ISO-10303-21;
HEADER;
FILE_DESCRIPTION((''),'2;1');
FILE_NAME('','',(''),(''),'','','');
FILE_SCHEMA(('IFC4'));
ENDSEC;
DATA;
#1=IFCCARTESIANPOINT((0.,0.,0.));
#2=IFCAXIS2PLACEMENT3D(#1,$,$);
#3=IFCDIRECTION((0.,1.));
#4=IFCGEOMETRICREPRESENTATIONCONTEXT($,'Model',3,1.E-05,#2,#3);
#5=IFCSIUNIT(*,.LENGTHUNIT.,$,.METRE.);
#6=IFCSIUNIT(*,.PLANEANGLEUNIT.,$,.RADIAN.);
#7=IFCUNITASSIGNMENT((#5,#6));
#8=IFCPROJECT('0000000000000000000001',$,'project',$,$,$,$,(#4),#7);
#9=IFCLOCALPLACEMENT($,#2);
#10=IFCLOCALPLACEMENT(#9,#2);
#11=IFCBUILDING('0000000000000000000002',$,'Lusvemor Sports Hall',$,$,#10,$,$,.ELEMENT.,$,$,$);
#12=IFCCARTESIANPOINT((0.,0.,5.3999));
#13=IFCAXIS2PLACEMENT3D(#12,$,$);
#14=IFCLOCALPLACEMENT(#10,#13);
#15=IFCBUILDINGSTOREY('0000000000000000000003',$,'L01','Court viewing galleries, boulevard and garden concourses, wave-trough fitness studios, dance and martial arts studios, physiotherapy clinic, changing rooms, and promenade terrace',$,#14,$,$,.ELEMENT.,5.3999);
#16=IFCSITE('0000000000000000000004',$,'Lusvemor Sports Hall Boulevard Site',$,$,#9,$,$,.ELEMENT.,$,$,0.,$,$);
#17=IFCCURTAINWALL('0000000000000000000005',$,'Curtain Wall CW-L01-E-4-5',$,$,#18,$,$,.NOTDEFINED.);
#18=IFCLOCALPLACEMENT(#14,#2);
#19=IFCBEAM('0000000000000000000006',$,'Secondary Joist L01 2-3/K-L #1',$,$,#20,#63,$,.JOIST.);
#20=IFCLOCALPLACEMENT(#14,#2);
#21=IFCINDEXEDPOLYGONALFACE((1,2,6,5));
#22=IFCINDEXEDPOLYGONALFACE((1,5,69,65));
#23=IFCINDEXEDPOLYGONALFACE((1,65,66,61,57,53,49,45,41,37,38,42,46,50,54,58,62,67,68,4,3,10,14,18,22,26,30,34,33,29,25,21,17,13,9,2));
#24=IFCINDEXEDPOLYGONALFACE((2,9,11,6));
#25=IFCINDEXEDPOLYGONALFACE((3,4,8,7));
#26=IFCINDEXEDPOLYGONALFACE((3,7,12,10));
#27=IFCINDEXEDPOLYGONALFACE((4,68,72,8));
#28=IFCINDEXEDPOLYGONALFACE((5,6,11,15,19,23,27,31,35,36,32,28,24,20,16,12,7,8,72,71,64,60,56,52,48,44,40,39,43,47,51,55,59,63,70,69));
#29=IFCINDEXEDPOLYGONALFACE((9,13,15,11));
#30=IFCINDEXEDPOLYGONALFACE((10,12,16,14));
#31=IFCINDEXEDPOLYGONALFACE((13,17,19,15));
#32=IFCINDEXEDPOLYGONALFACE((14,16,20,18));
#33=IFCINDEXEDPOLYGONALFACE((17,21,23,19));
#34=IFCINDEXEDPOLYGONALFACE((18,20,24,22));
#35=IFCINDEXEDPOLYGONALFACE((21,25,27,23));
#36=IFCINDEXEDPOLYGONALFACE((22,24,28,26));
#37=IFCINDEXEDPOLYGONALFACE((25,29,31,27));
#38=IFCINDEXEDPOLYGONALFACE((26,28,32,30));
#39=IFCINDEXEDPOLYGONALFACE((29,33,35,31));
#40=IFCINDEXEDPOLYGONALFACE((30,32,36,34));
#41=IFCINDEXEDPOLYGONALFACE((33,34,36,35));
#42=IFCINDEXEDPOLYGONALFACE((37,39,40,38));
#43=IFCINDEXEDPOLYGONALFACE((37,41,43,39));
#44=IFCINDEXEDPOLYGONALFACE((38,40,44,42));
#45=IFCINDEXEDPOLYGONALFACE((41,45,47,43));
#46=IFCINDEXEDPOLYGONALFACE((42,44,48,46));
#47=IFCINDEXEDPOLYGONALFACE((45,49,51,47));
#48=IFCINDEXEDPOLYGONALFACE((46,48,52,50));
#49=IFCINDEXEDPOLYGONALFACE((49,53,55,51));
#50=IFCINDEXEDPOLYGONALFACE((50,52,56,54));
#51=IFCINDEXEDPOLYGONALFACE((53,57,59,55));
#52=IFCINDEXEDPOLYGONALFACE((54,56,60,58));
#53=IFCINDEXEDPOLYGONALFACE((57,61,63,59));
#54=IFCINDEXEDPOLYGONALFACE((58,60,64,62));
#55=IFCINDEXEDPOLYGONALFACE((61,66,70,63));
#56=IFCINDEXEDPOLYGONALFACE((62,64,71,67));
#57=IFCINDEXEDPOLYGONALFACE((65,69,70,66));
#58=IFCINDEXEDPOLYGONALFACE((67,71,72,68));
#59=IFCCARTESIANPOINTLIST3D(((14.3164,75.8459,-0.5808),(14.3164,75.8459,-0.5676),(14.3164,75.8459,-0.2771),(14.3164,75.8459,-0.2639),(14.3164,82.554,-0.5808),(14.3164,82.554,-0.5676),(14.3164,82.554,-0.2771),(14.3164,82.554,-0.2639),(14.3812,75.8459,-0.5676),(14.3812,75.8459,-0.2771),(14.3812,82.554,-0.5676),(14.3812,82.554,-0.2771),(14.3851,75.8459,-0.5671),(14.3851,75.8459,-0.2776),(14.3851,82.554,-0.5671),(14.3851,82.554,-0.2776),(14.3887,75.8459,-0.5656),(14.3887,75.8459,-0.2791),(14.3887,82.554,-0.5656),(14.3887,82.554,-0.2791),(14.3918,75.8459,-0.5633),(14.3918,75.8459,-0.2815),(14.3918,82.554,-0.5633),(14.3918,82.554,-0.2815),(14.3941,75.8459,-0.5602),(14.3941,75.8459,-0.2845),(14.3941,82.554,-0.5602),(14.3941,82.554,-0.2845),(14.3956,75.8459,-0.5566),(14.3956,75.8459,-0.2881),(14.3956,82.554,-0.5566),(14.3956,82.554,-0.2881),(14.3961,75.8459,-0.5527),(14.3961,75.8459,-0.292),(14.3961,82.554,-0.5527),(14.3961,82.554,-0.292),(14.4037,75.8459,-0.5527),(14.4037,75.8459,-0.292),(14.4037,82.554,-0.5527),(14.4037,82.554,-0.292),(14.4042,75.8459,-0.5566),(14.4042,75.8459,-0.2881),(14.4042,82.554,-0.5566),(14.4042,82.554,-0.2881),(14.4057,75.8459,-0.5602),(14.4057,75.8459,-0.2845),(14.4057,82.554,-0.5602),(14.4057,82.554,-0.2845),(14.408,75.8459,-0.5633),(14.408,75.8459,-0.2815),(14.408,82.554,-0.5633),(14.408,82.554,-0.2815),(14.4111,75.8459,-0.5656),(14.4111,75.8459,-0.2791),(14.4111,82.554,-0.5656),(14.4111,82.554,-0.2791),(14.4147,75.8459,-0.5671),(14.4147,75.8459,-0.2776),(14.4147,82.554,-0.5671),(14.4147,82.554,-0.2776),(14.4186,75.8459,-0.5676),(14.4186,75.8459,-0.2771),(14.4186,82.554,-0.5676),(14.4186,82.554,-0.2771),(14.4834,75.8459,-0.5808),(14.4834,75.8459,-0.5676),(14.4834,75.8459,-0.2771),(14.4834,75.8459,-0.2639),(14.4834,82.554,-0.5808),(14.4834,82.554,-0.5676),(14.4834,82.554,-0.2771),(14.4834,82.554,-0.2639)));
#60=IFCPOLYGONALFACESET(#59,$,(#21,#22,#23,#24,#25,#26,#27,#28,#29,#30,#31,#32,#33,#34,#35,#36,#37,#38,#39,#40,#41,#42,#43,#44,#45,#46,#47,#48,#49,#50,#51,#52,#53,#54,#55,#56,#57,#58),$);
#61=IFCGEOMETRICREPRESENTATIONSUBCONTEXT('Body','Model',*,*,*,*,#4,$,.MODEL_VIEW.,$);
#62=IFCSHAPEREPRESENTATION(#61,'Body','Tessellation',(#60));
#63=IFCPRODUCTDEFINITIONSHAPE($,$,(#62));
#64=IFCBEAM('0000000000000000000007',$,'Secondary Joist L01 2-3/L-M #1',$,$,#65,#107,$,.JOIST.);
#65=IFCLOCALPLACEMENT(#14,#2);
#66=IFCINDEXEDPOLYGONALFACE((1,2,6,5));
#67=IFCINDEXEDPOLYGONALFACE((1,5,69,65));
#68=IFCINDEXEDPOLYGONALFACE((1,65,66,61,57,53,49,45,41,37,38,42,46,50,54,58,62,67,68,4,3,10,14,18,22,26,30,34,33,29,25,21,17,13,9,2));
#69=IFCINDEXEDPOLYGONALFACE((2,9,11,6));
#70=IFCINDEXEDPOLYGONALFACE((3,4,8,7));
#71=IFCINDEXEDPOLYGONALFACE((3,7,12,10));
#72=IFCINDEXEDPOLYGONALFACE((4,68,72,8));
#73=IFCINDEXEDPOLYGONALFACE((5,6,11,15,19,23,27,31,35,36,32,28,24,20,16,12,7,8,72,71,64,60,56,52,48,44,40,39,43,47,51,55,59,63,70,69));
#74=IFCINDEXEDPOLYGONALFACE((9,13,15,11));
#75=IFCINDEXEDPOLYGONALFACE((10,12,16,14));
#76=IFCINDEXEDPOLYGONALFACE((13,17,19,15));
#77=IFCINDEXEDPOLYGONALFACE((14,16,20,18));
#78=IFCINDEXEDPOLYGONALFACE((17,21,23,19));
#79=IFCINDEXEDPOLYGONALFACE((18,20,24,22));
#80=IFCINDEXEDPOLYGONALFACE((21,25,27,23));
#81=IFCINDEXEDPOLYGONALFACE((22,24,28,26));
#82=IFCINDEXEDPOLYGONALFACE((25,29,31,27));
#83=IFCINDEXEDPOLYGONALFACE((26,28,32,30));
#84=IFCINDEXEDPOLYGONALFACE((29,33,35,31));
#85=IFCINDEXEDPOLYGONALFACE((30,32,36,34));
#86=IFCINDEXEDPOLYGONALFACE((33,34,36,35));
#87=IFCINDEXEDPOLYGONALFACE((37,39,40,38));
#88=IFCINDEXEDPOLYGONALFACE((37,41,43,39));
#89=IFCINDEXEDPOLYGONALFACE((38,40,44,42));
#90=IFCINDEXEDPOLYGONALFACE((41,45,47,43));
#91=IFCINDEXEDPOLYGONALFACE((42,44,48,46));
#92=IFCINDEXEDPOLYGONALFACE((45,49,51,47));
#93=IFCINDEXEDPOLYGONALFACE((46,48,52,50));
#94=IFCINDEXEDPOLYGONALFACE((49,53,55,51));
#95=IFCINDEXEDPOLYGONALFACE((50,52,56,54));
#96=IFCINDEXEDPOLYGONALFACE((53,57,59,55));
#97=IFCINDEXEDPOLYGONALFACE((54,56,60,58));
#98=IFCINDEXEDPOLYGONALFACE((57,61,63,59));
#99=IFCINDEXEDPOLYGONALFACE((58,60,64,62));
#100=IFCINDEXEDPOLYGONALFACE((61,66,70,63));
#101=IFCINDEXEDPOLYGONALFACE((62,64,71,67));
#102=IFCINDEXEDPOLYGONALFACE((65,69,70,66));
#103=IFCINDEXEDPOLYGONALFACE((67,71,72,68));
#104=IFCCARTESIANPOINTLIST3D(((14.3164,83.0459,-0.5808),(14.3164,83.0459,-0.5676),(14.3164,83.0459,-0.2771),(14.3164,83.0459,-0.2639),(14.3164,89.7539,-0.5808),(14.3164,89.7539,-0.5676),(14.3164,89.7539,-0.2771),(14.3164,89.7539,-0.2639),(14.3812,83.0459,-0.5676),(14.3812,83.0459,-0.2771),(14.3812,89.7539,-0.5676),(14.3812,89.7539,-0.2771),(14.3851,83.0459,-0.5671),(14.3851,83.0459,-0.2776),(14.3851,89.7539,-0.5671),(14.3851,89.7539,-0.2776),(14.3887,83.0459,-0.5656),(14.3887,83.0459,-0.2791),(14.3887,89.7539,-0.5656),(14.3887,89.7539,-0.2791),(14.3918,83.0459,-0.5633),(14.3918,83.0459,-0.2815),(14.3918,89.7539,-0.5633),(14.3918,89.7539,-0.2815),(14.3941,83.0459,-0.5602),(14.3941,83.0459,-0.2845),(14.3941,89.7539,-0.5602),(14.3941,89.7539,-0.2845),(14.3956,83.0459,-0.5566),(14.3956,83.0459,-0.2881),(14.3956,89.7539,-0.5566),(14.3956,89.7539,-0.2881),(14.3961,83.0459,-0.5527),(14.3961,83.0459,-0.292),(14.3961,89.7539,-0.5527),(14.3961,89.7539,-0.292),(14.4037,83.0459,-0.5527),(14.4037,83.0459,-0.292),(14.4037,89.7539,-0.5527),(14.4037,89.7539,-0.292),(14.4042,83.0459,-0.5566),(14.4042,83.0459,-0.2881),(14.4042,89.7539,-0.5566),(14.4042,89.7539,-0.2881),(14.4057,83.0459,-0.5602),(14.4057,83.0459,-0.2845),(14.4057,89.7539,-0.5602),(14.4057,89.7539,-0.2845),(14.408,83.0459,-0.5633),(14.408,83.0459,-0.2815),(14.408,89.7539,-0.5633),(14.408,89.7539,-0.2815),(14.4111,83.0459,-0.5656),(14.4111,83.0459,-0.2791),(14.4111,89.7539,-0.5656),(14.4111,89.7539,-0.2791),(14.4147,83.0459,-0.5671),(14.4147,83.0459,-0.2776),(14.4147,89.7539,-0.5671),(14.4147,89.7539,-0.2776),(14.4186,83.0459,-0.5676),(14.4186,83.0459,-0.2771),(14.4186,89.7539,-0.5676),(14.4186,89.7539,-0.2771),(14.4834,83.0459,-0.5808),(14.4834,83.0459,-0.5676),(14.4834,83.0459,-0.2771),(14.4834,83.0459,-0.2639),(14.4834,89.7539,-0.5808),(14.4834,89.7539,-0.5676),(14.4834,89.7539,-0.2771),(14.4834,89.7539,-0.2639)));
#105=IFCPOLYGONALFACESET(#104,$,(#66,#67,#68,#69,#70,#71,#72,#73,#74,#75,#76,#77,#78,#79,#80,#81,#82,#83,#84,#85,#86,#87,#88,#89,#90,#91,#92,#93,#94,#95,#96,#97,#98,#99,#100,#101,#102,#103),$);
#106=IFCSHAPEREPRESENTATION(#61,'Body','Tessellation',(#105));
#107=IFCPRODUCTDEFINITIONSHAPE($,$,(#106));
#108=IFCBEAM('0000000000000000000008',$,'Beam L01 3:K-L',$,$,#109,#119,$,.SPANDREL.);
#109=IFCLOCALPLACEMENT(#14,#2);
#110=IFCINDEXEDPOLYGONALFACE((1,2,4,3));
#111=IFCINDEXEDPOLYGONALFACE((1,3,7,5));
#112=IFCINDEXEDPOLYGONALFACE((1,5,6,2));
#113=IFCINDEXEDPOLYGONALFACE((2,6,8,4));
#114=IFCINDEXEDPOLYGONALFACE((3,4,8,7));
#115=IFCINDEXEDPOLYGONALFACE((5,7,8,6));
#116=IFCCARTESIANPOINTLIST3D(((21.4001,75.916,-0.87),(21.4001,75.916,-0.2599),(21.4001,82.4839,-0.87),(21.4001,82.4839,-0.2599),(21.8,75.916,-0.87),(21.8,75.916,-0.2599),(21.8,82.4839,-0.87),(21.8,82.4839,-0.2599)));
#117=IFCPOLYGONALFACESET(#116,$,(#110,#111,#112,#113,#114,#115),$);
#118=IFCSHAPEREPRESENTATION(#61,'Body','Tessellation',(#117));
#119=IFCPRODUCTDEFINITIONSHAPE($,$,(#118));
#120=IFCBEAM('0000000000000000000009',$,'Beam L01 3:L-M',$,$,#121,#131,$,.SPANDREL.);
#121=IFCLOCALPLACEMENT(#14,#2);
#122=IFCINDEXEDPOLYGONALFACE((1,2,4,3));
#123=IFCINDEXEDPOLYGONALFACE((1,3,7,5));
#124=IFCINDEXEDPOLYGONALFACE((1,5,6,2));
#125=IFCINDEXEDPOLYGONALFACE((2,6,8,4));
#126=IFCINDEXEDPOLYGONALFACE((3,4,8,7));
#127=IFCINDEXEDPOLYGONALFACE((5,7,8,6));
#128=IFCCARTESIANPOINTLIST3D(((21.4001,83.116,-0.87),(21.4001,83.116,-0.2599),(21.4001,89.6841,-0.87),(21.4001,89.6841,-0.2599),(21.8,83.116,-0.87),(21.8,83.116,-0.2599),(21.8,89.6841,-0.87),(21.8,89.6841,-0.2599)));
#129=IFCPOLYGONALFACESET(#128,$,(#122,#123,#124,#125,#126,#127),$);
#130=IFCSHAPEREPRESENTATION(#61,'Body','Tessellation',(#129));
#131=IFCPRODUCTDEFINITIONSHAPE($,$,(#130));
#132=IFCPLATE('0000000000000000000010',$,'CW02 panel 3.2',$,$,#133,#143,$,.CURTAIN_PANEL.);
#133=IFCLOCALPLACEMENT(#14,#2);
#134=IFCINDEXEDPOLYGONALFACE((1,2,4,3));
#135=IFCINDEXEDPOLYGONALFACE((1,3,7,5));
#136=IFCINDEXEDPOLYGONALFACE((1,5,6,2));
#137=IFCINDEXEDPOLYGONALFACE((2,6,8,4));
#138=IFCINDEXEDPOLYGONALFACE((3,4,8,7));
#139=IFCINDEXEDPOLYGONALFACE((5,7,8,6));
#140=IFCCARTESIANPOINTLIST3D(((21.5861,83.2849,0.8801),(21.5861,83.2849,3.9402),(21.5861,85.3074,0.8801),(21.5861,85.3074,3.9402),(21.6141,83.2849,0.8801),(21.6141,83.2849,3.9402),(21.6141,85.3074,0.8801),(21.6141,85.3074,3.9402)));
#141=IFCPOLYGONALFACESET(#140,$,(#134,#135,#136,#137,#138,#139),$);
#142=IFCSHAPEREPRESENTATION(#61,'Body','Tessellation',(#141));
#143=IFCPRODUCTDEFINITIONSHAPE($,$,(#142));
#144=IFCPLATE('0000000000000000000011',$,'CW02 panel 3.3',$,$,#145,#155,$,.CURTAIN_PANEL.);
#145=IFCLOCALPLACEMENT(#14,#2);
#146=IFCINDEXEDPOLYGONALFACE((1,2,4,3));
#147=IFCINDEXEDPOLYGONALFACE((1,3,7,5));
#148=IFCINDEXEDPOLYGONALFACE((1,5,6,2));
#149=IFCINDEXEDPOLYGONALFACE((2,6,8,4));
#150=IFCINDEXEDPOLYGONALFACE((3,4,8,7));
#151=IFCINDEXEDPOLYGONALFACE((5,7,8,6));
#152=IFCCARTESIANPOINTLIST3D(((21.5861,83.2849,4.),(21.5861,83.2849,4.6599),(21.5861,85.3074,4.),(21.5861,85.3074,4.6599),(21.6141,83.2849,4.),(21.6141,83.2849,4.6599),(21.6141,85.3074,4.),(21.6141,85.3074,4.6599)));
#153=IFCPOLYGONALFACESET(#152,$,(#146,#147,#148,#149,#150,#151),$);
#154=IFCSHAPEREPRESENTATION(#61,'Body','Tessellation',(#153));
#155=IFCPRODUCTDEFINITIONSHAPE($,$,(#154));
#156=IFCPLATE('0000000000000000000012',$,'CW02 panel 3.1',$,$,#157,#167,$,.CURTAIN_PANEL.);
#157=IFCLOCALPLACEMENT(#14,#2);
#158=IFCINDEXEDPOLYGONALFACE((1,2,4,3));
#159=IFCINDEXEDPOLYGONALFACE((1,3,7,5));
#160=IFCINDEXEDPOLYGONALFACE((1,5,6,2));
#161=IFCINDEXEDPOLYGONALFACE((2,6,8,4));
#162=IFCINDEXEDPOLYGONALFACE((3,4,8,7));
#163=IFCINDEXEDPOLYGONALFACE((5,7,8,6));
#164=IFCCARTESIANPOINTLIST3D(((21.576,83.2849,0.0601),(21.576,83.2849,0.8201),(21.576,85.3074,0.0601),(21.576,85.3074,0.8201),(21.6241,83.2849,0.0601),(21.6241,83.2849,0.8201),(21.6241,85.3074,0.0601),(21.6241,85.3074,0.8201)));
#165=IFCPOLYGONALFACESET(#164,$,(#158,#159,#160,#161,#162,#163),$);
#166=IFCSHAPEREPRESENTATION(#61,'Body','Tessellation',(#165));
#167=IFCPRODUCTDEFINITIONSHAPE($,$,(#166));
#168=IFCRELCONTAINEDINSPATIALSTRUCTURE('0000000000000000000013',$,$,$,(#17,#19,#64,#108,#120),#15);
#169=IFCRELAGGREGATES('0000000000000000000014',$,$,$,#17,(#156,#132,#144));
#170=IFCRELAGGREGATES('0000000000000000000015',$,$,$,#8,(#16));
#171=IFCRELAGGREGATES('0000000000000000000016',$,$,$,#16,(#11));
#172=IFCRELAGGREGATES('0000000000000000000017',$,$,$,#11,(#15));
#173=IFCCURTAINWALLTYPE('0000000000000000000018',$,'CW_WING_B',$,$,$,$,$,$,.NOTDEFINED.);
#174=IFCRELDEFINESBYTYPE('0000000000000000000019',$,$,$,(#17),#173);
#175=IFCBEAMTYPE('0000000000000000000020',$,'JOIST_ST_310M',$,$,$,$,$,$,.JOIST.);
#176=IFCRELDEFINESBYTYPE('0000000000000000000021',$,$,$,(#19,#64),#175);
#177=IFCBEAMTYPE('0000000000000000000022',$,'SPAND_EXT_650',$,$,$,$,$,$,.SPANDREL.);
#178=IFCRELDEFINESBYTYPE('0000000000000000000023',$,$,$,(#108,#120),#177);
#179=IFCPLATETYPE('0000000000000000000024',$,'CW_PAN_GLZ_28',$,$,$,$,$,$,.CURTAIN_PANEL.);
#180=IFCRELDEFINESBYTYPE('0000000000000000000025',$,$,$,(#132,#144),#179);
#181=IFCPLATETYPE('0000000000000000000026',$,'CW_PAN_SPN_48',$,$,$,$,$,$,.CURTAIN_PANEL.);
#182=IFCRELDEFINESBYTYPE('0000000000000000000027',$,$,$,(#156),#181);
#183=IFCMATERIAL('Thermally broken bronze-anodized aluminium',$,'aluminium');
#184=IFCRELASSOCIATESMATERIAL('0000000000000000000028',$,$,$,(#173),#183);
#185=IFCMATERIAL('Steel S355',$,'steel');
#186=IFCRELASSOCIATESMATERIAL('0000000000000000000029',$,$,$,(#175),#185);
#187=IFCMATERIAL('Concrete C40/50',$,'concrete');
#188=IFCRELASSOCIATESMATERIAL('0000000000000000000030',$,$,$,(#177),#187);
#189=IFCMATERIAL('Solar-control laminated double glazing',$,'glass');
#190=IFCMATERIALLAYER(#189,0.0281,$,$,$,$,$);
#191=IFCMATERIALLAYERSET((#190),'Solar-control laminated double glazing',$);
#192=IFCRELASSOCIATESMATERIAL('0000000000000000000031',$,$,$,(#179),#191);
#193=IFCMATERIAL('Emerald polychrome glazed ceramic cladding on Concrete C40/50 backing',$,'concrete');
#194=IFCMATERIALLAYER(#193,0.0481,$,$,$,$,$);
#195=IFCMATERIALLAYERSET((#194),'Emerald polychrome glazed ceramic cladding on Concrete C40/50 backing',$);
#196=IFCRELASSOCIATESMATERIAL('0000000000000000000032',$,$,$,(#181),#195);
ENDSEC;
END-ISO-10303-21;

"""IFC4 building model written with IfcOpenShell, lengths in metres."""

from ifc_helpers import new_model, si_unit, direction, frame, origin, origin_2d, place, context, subcontext, project, spatial, rectangle, i_section, extrude, material, layer, layer_set, material_profile, profile_set, type_object, element, aggregate, save


model = new_model("IFC4")

# Units and contexts
model_context = context("Model", 3, precision=1e-05, world=origin(), true_north=direction((0.0, 1.0)))
body_context = subcontext(model_context, "Body", "Model", "MODEL_VIEW")
ifc_project = project(units=[si_unit("LENGTHUNIT", "METRE"), si_unit("PLANEANGLEUNIT", "RADIAN")], contexts=[model_context])

# Site, building, storey
site_placement = place(None, origin())
site = spatial("IfcSite", under=ifc_project, at=site_placement, Name="Lusvemor Sports Hall Boulevard Site", CompositionType="ELEMENT", RefElevation=0.0)
building_placement = place(site_placement, origin())
building = spatial("IfcBuilding", under=site, at=building_placement, Name="Lusvemor Sports Hall", CompositionType="ELEMENT")
storey_placement = place(building_placement, frame((0.0, 0.0, 5.3999)))
storey = spatial("IfcBuildingStorey", under=building, at=storey_placement, Name="L01", Description="Court viewing galleries, boulevard and garden concourses, wave-trough fitness studios, dance and martial arts studios, physiotherapy clinic, changing rooms, and promenade terrace", CompositionType="ELEMENT", Elevation=5.3999)

# Curtain wall
ifc_material_1 = material(Name="Thermally broken bronze-anodized aluminium", Category="aluminium")
curtain_wall_type = type_object("IfcCurtainWallType", Name="CW_WING_B", PredefinedType="NOTDEFINED", material=ifc_material_1)
curtain_wall_1_placement = place(storey_placement, origin())
curtain_wall_1 = element("IfcCurtainWall", 1, at=curtain_wall_1_placement, inside=storey, type_object=curtain_wall_type, Name="Curtain Wall CW-L01-E-4-5", PredefinedType="NOTDEFINED")

# Beams
ifc_material_2 = material(Name="Steel S355", Category="steel")
ifc_material_profile_1 = material_profile(ifc_material_2, i_section(OverallWidth=0.167, OverallDepth=0.3169, WebThickness=0.0076, FlangeThickness=0.0132, FilletRadius=0.0149, at=origin_2d()), Name="W310x52.0")
ifc_profile_set_1 = profile_set([ifc_material_profile_1], Name="Steel S355")
beam_type_1 = type_object("IfcBeamType", Name="JOIST_ST_310M", PredefinedType="JOIST", material=ifc_profile_set_1)
for number, where, z_axis, x_axis, name in (
    (2, (14.3999, 75.8459, -0.4224), (0.0, 1.0, 0.0), (-1.0, 0.0, 0.0), "Secondary Joist L01 2-3/K-L #1"),
    (3, (14.3999, 83.0459, -0.4224), (0.0, 1.0, 0.0), (-1.0, 0.0, 0.0), "Secondary Joist L01 2-3/L-M #1"),
):
    element("IfcBeam", number, at=place(storey_placement, frame(where, z_axis=z_axis, x_axis=x_axis)), inside=storey, type_object=beam_type_1, Name=name, PredefinedType="JOIST", context=body_context, shape_type="SweptSolid", body=[
        extrude(i_section(OverallWidth=0.167, OverallDepth=0.3169, WebThickness=0.0076, FlangeThickness=0.0132, FilletRadius=0.0149, at=origin_2d()), origin(), (0.0, 0.0, 1.0), 6.708),
    ])
ifc_material_3 = material(Name="Concrete C40/50", Category="concrete")
ifc_material_profile_2 = material_profile(ifc_material_3, rectangle(XDim=0.3999, YDim=0.6101, at=origin_2d()), Name="RC400x610")
ifc_profile_set_2 = profile_set([ifc_material_profile_2], Name="Concrete C40/50")
beam_type_2 = type_object("IfcBeamType", Name="SPAND_EXT_650", PredefinedType="SPANDREL", material=ifc_profile_set_2)
beam_1_placement = place(storey_placement, frame((21.6001, 75.916, -0.5649), z_axis=(0.0, 1.0, 0.0), x_axis=(-1.0, 0.0, 0.0)))
element("IfcBeam", 4, at=beam_1_placement, inside=storey, type_object=beam_type_2, Name="Beam L01 3:K-L", PredefinedType="SPANDREL", context=body_context, shape_type="SweptSolid", body=[
    extrude(rectangle(XDim=0.3999, YDim=0.6101, at=origin_2d()), origin(), (0.0, 0.0, 1.0), 6.5679),
])
beam_2_placement = place(storey_placement, frame((21.6001, 83.116, -0.5649), z_axis=(0.0, 1.0, 0.0), x_axis=(-1.0, 0.0, 0.0)))
element("IfcBeam", 5, at=beam_2_placement, inside=storey, type_object=beam_type_2, Name="Beam L01 3:L-M", PredefinedType="SPANDREL", context=body_context, shape_type="SweptSolid", body=[
    extrude(rectangle(XDim=0.3999, YDim=0.6101, at=origin_2d()), origin(), (0.0, 0.0, 1.0), 6.5681),
])

# Plates
ifc_material_4 = material(Name="Solar-control laminated double glazing", Category="glass")
ifc_layer_1 = layer(ifc_material_4, 0.0281)
ifc_layer_set_1 = layer_set([ifc_layer_1], Name="Solar-control laminated double glazing")
plate_type_1 = type_object("IfcPlateType", Name="CW_PAN_GLZ_28", PredefinedType="CURTAIN_PANEL", material=ifc_layer_set_1)
plate_1_placement = place(storey_placement, frame((21.6001, 84.2961, 0.8801), z_axis=(0.0, 0.0, 1.0), x_axis=(0.0, -1.0, 0.0)))
plate_1 = element("IfcPlate", 6, at=plate_1_placement, type_object=plate_type_1, Name="CW02 panel 3.2", PredefinedType="CURTAIN_PANEL", context=body_context, shape_type="SweptSolid", body=[
    extrude(rectangle(XDim=2.0225, YDim=0.0281, at=origin_2d()), origin(), (0.0, 0.0, 1.0), 3.0601),
])
plate_2_placement = place(storey_placement, frame((21.6001, 84.2961, 4.0), z_axis=(0.0, 0.0, 1.0), x_axis=(0.0, -1.0, 0.0)))
plate_2 = element("IfcPlate", 7, at=plate_2_placement, type_object=plate_type_1, Name="CW02 panel 3.3", PredefinedType="CURTAIN_PANEL", context=body_context, shape_type="SweptSolid", body=[
    extrude(rectangle(XDim=2.0225, YDim=0.0281, at=origin_2d()), origin(), (0.0, 0.0, 1.0), 0.6599),
])
ifc_material_5 = material(Name="Emerald polychrome glazed ceramic cladding on Concrete C40/50 backing", Category="concrete")
ifc_layer_2 = layer(ifc_material_5, 0.0481)
ifc_layer_set_2 = layer_set([ifc_layer_2], Name="Emerald polychrome glazed ceramic cladding on Concrete C40/50 backing")
plate_type_2 = type_object("IfcPlateType", Name="CW_PAN_SPN_48", PredefinedType="CURTAIN_PANEL", material=ifc_layer_set_2)
plate_3_placement = place(storey_placement, frame((21.6001, 84.2961, 0.0601), z_axis=(0.0, 0.0, 1.0), x_axis=(0.0, -1.0, 0.0)))
plate_3 = element("IfcPlate", 8, at=plate_3_placement, type_object=plate_type_2, Name="CW02 panel 3.1", PredefinedType="CURTAIN_PANEL", context=body_context, shape_type="SweptSolid", body=[
    extrude(rectangle(XDim=2.0225, YDim=0.0481, at=origin_2d()), origin(), (0.0, 0.0, 1.0), 0.76),
])
aggregate(curtain_wall_1, [plate_3, plate_1, plate_2])

save(model, "model.ifc")
